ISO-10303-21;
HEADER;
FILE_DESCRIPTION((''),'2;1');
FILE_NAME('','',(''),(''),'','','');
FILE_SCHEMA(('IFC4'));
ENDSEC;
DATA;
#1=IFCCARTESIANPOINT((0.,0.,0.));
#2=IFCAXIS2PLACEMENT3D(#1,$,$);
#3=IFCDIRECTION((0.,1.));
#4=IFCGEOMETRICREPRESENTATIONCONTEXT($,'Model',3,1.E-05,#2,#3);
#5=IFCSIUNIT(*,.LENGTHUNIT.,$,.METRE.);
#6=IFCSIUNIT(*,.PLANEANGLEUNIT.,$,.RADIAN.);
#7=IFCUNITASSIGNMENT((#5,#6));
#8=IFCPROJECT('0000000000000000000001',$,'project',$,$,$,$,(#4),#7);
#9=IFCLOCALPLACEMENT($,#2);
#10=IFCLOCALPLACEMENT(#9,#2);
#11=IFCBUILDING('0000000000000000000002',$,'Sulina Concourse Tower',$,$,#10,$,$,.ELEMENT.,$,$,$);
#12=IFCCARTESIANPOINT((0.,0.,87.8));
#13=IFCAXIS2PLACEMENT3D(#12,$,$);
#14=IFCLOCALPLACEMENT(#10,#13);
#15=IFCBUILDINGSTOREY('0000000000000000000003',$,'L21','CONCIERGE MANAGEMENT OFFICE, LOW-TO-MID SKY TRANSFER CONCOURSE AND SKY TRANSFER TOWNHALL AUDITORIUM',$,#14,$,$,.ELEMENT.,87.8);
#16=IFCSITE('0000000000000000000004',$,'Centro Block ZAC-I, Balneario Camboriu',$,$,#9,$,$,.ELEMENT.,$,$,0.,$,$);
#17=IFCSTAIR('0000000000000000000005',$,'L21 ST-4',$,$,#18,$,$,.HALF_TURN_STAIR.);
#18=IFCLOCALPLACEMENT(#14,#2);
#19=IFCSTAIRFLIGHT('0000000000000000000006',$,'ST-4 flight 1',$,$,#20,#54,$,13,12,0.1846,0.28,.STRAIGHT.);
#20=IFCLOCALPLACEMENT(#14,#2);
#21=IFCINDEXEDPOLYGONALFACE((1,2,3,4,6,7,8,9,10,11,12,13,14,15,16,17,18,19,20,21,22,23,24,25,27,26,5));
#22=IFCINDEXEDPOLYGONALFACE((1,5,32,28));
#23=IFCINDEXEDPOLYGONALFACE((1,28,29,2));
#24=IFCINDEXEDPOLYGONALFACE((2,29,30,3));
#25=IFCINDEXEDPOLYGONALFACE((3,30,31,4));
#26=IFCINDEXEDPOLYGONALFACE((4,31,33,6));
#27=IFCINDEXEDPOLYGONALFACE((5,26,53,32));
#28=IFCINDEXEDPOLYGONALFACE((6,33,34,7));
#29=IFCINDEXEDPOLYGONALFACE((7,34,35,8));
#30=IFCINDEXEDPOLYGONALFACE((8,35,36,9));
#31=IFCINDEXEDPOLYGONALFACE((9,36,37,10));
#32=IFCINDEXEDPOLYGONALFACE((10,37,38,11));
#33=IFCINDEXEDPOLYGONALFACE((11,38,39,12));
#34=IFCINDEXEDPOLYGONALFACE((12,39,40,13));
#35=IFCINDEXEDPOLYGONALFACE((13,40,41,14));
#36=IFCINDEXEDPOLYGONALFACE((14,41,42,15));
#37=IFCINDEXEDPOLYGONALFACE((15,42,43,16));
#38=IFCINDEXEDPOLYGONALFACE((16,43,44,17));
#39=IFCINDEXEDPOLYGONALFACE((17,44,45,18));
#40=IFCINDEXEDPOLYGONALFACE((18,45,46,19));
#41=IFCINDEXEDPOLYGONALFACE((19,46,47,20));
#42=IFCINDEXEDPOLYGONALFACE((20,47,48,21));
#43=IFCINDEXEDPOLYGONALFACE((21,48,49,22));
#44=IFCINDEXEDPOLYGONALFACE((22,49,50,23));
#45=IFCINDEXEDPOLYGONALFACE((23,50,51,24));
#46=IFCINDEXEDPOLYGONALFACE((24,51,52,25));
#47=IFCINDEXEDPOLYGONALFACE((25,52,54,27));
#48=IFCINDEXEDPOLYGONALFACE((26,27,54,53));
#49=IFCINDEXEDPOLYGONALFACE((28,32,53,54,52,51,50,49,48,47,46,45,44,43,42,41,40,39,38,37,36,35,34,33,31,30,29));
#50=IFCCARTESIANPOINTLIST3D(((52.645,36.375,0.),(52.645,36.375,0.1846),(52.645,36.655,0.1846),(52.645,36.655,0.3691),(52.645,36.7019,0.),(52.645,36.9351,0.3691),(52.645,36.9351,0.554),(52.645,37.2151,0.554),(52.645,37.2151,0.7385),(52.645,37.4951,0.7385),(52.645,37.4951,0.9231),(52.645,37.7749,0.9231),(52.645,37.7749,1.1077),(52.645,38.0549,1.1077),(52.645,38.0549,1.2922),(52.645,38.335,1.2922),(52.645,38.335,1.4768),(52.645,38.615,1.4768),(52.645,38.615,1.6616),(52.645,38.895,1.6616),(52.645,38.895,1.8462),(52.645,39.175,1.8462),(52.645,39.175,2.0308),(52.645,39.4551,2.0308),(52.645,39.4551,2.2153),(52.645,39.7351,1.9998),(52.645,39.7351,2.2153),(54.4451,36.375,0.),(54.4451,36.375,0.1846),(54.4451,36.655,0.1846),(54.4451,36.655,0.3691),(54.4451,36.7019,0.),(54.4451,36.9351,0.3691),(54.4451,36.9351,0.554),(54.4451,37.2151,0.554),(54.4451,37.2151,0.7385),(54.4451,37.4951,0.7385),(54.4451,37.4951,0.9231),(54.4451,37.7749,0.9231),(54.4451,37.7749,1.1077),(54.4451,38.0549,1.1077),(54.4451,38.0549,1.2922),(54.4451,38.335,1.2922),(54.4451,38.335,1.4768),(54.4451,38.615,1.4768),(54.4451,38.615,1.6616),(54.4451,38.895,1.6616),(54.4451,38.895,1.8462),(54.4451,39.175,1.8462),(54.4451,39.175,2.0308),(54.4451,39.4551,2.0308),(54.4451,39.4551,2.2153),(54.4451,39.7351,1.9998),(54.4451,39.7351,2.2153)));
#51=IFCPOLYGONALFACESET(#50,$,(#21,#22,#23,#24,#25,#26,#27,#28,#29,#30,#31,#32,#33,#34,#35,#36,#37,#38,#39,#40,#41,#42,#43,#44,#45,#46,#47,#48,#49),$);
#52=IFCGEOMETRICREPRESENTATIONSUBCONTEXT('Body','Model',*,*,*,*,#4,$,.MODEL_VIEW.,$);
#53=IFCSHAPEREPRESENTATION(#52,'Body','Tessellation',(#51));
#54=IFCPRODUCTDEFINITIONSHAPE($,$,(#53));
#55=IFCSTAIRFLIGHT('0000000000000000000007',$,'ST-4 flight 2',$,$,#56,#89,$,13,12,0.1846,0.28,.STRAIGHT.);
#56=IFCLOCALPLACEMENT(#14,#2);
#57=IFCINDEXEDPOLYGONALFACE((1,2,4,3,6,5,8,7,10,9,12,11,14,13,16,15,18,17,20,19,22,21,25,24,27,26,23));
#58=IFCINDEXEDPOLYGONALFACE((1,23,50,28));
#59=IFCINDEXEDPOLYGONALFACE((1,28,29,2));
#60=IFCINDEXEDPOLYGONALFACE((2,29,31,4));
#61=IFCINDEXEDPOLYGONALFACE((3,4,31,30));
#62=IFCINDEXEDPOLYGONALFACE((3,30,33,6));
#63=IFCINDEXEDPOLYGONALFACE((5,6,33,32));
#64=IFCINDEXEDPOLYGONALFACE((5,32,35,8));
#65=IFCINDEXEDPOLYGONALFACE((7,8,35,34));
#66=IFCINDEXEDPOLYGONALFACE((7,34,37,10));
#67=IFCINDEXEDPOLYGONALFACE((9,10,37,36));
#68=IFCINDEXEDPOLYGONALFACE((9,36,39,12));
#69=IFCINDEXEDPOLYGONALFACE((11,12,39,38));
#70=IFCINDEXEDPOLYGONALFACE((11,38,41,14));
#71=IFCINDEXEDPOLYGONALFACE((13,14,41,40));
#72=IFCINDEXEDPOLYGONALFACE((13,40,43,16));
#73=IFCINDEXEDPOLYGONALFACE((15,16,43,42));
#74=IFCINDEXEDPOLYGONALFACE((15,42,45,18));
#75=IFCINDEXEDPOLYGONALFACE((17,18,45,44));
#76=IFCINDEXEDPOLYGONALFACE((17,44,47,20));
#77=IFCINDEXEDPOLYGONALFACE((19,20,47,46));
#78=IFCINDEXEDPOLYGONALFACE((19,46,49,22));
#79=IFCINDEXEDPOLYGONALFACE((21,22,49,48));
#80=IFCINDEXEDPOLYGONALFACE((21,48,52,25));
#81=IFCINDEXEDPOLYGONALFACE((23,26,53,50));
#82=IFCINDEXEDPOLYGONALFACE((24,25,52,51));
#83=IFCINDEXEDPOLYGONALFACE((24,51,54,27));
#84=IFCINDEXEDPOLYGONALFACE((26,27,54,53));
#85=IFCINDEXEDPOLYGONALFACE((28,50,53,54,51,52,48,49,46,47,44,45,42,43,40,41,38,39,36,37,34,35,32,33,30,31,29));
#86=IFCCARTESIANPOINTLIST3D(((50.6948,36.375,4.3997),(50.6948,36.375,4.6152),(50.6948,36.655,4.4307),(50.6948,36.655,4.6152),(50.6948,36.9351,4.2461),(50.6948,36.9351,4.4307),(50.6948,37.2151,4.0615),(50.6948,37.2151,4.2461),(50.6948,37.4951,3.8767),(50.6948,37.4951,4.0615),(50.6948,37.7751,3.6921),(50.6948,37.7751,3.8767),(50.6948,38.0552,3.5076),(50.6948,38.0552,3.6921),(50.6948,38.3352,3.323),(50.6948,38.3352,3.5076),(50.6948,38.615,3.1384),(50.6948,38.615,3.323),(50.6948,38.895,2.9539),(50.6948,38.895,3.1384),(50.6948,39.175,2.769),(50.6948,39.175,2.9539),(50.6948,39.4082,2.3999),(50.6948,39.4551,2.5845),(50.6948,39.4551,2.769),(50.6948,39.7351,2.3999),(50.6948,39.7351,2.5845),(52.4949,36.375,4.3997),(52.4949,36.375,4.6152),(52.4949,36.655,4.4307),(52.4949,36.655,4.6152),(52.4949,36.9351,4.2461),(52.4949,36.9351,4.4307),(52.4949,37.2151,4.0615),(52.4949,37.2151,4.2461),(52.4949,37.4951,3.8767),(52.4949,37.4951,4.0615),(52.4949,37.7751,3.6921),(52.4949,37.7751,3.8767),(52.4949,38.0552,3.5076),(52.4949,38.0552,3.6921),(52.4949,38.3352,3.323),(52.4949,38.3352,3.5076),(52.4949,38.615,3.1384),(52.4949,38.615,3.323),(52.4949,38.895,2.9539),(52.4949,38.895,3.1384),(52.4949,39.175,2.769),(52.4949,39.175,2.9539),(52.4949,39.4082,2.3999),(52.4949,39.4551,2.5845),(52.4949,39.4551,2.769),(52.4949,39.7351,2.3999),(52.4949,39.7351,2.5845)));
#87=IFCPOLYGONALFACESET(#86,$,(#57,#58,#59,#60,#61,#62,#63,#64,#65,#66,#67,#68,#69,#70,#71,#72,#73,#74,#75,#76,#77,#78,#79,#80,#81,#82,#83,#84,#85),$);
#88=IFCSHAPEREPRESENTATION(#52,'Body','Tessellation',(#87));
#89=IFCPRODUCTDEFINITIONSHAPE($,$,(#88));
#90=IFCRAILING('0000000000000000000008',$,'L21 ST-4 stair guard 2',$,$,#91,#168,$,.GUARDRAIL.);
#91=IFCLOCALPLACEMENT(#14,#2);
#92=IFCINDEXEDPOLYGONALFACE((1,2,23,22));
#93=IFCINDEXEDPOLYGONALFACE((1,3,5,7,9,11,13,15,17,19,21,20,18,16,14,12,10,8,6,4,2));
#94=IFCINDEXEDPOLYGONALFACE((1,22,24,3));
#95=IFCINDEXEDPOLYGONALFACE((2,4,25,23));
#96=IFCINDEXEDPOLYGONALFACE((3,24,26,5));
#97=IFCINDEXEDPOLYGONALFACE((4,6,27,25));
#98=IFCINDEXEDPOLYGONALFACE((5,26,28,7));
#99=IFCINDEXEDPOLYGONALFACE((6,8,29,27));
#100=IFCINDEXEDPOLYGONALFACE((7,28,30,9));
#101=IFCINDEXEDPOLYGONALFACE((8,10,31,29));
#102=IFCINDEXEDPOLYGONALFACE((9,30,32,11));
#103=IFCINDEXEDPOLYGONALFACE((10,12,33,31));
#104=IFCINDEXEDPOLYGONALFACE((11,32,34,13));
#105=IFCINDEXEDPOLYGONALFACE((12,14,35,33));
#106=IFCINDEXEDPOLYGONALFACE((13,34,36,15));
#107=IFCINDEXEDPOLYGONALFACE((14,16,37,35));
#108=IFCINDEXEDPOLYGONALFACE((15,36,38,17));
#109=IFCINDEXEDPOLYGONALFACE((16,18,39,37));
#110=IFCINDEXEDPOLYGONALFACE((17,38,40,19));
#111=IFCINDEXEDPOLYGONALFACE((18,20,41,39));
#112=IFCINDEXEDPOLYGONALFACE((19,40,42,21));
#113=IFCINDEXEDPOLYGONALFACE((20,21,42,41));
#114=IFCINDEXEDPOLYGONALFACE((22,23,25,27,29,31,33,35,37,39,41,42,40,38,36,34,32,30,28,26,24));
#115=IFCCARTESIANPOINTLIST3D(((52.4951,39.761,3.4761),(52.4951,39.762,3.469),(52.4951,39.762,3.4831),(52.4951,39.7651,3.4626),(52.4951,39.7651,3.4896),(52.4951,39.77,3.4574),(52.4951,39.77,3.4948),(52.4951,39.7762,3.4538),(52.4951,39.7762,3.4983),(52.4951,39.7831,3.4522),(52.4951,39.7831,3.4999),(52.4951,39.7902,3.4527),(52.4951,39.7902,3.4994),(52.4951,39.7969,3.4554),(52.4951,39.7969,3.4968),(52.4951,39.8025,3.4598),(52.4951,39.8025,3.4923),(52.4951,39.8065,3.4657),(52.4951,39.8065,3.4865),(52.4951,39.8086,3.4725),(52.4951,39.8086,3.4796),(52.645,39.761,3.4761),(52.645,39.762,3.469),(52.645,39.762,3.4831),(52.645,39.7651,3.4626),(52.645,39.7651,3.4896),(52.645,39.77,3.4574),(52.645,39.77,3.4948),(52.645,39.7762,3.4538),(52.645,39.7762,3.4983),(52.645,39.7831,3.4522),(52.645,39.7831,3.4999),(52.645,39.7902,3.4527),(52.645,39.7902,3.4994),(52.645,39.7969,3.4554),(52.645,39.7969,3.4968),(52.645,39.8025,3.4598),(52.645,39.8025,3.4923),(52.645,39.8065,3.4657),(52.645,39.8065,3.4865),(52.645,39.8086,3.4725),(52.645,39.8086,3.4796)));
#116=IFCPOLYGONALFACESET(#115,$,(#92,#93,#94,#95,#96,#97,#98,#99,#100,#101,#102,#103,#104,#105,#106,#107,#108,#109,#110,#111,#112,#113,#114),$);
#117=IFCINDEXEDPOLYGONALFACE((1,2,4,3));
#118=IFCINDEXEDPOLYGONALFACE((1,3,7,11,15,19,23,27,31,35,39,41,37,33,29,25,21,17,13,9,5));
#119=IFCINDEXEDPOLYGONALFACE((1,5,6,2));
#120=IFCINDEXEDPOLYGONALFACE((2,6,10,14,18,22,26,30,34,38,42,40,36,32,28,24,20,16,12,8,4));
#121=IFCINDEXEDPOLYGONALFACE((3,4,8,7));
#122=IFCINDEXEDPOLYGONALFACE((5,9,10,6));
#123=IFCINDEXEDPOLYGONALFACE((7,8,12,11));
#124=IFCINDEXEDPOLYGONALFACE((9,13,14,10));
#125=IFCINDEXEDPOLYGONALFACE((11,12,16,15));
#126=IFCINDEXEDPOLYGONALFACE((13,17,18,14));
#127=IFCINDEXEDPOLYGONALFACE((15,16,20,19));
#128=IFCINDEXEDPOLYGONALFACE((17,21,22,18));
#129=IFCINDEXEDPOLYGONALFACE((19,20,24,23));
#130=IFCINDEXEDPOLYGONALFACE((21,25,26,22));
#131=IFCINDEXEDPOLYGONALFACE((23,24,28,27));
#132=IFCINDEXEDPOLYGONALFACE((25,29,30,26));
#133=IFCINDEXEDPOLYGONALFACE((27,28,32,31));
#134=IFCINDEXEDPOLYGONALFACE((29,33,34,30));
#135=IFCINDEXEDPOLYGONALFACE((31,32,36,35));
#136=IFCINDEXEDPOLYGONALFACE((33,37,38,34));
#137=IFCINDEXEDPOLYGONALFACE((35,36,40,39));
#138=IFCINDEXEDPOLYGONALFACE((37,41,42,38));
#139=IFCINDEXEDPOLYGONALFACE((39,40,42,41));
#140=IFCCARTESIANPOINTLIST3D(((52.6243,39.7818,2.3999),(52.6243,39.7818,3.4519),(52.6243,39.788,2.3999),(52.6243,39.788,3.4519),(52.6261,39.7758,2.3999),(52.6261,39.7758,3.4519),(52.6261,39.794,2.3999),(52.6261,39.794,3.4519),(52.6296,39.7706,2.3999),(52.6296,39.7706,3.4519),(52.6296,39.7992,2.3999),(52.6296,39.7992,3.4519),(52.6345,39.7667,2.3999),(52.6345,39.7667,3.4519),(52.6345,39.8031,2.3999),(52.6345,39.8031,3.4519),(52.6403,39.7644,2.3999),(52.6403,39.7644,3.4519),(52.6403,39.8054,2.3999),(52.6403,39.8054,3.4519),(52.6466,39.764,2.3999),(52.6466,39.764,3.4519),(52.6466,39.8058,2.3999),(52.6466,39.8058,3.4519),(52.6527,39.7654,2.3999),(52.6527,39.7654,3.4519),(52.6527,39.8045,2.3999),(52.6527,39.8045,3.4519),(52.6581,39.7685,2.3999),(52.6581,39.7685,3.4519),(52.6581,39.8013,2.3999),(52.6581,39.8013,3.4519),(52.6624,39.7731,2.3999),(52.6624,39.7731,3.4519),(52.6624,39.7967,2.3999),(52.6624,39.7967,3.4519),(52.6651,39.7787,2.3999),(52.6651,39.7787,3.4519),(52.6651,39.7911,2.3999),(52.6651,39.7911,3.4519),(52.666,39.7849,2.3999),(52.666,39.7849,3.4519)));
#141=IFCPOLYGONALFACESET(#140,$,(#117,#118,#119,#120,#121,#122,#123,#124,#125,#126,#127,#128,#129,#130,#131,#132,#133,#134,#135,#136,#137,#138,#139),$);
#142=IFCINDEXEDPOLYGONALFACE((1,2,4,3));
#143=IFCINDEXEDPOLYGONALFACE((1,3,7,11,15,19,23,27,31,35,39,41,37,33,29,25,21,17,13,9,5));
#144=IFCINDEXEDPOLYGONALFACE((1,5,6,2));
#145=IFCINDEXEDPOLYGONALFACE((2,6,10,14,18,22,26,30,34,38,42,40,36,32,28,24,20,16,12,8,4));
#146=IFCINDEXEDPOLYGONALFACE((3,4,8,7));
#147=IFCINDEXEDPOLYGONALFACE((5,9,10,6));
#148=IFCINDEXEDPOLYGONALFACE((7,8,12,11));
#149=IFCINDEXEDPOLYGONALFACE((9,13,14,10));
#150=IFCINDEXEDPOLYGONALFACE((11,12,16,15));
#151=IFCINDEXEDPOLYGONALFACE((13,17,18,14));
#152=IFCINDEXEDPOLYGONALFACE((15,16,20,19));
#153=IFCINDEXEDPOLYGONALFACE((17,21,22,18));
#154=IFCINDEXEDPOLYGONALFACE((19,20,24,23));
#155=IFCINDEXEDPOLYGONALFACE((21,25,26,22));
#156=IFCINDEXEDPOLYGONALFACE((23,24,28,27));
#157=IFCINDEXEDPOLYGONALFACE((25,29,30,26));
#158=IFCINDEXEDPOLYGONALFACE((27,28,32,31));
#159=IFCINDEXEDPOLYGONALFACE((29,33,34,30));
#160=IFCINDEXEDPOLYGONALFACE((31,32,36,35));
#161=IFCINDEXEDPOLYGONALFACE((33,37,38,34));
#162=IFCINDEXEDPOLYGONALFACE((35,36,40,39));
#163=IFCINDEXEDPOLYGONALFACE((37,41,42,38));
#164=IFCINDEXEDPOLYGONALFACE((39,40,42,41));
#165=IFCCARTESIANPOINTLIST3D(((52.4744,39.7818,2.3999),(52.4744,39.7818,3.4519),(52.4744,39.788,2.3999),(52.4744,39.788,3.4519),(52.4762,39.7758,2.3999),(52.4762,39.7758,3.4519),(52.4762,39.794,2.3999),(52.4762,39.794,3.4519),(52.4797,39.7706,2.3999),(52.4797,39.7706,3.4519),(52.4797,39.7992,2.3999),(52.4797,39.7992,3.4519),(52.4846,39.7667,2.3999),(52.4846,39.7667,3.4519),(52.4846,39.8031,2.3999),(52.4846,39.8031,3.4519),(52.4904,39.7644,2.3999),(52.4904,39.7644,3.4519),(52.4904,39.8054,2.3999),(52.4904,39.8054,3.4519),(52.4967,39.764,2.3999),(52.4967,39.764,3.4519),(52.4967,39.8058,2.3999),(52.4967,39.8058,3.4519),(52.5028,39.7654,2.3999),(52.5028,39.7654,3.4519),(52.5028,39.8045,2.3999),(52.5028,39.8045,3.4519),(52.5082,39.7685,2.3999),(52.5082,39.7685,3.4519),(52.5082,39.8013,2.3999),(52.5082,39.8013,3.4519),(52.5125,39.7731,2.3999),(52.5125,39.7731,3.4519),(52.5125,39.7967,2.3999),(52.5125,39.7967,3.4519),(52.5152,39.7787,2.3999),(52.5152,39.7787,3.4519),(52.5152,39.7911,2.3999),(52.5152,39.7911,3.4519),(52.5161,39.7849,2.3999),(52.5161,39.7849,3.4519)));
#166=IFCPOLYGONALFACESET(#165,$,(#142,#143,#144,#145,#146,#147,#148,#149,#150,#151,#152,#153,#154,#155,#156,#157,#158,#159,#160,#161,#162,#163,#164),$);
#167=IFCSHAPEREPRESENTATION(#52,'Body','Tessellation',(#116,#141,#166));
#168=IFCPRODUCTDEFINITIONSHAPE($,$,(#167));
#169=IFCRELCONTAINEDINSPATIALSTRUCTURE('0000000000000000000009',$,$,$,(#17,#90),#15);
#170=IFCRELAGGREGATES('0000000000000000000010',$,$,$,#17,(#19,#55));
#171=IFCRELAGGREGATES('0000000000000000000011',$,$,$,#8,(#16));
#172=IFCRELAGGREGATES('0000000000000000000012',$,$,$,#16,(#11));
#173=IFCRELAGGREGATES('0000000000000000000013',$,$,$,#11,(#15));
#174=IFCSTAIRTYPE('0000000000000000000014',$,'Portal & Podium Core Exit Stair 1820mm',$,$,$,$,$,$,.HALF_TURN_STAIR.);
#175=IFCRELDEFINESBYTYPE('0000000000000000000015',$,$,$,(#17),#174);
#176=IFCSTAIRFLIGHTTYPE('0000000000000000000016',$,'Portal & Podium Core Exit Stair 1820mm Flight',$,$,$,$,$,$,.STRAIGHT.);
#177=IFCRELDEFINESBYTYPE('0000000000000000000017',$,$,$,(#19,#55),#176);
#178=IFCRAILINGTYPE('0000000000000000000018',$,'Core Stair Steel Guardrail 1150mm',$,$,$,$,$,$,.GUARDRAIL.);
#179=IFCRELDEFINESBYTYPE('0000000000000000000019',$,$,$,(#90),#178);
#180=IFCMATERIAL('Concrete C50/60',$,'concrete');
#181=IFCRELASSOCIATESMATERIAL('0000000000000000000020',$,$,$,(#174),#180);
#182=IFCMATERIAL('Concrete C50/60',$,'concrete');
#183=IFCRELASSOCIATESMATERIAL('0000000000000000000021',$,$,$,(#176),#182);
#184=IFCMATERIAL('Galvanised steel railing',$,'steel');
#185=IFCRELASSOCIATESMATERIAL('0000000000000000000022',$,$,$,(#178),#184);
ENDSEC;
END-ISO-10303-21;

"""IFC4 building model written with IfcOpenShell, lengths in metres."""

from ifc_helpers import new_model, si_unit, direction, frame, origin, origin_2d, place, context, subcontext, project, spatial, polyline, circle, outline, extrude, material, type_object, element, aggregate, save


model = new_model("IFC4")

# Units and contexts
model_context = context("Model", 3, precision=1e-05, world=origin(), true_north=direction((0.0, 1.0)))
body_context = subcontext(model_context, "Body", "Model", "MODEL_VIEW")
ifc_project = project(units=[si_unit("LENGTHUNIT", "METRE"), si_unit("PLANEANGLEUNIT", "RADIAN")], contexts=[model_context])

# Site, building, storey
site_placement = place(None, origin())
site = spatial("IfcSite", under=ifc_project, at=site_placement, Name="Centro Block ZAC-I, Balneario Camboriu", CompositionType="ELEMENT", RefElevation=0.0)
building_placement = place(site_placement, origin())
building = spatial("IfcBuilding", under=site, at=building_placement, Name="Sulina Concourse Tower", CompositionType="ELEMENT")
storey_placement = place(building_placement, frame((0.0, 0.0, 87.8)))
storey = spatial("IfcBuildingStorey", under=building, at=storey_placement, Name="L21", Description="CONCIERGE MANAGEMENT OFFICE, LOW-TO-MID SKY TRANSFER CONCOURSE AND SKY TRANSFER TOWNHALL AUDITORIUM", CompositionType="ELEMENT", Elevation=87.8)

# Stair, stair flights
ifc_material_1 = material(Name="Concrete C50/60", Category="concrete")
stair_type = type_object("IfcStairType", Name="Portal & Podium Core Exit Stair 1820mm", PredefinedType="HALF_TURN_STAIR", material=ifc_material_1)
stair_placement = place(storey_placement, origin())
stair = element("IfcStair", 1, at=stair_placement, inside=storey, type_object=stair_type, Name="L21 ST-4", PredefinedType="HALF_TURN_STAIR")
ifc_material_2 = material(Name="Concrete C50/60", Category="concrete")
stair_flight_type = type_object("IfcStairFlightType", Name="Portal & Podium Core Exit Stair 1820mm Flight", PredefinedType="STRAIGHT", material=ifc_material_2)
stair_flight_1_placement = place(storey_placement, frame((53.5449, 36.375, 0.0), z_axis=(0.0, 0.0, 1.0), x_axis=(0.0, 1.0, 0.0)))
stair_flight_1 = element("IfcStairFlight", 2, at=stair_flight_1_placement, type_object=stair_flight_type, Name="ST-4 flight 1", NumberOfRisers=13, NumberOfTreads=12, PredefinedType="STRAIGHT", RiserHeight=0.1846, TreadLength=0.28, context=body_context, shape_type="SweptSolid", body=[
    extrude(outline(polyline([(0.0, 0.0), (0.0, 0.1846), (0.28, 0.1846), (0.28, 0.3691), (0.5601, 0.3691), (0.5601, 0.554), (0.8401, 0.554), (0.8401, 0.7385), (1.1201, 0.7385), (1.1201, 0.9231), (1.3999, 0.9231), (1.3999, 1.1077), (1.6799, 1.1077), (1.6799, 1.2922), (1.96, 1.2922), (1.96, 1.4768), (2.24, 1.4768), (2.24, 1.6616), (2.52, 1.6616), (2.52, 1.8462), (2.8, 1.8462), (2.8, 2.0308), (3.0801, 2.0308), (3.0801, 2.2153), (3.3601, 2.2153), (3.3601, 2.3999), (3.3601, 1.9998), (0.3269, 0.0), (0.0, 0.0)])), frame((0.0, 0.8999, 0.0), z_axis=(0.0, -1.0, 0.0), x_axis=(1.0, 0.0, 0.0)), (0.0, 0.0, 1.0), 1.8),
])
stair_flight_2_placement = place(storey_placement, frame((51.595, 39.7351, 2.3999), z_axis=(0.0, 0.0, 1.0), x_axis=(0.0, -1.0, 0.0)))
stair_flight_2 = element("IfcStairFlight", 3, at=stair_flight_2_placement, type_object=stair_flight_type, Name="ST-4 flight 2", NumberOfRisers=13, NumberOfTreads=12, PredefinedType="STRAIGHT", RiserHeight=0.1846, TreadLength=0.28, context=body_context, shape_type="SweptSolid", body=[
    extrude(outline(polyline([(0.0, 0.0), (0.0, 0.1846), (0.28, 0.1846), (0.28, 0.3691), (0.5601, 0.3691), (0.5601, 0.554), (0.8401, 0.554), (0.8401, 0.7385), (1.1201, 0.7385), (1.1201, 0.9231), (1.3999, 0.9231), (1.3999, 1.1077), (1.6799, 1.1077), (1.6799, 1.2922), (1.96, 1.2922), (1.96, 1.4768), (2.24, 1.4768), (2.24, 1.6616), (2.52, 1.6616), (2.52, 1.8462), (2.8, 1.8462), (2.8, 2.0308), (3.0801, 2.0308), (3.0801, 2.2153), (3.3601, 2.2153), (3.3601, 2.3999), (3.3601, 1.9998), (0.3269, 0.0), (0.0, 0.0)])), frame((0.0, 0.8999, 0.0), z_axis=(0.0, -1.0, 0.0), x_axis=(1.0, 0.0, 0.0)), (0.0, 0.0, 1.0), 1.8),
])
aggregate(stair, [stair_flight_1, stair_flight_2])

# Railing
ifc_material_3 = material(Name="Galvanised steel railing", Category="steel")
railing_type_1 = type_object("IfcRailingType", Name="Core Stair Steel Guardrail 1150mm", PredefinedType="GUARDRAIL", material=ifc_material_3)
railing_1_placement = place(storey_placement, frame((52.645, 39.7849, 2.3999)))
element("IfcRailing", 4, at=railing_1_placement, inside=storey, type_object=railing_type_1, Name="L21 ST-4 stair guard 2", PredefinedType="GUARDRAIL", context=body_context, shape_type="SweptSolid", body=[
    extrude(circle(Radius=0.0239, at=origin_2d()), frame((0.0, 0.0, 1.0762), z_axis=(-1.0, 0.0, 0.0), x_axis=(0.0, -1.0, 0.0)), (0.0, 0.0, 1.0), 0.1499),
    extrude(circle(Radius=0.021, at=origin_2d()), origin(), (0.0, 0.0, 1.0), 1.052),
    extrude(circle(Radius=0.021, at=origin_2d()), frame((-0.1499, 0.0, 0.0)), (0.0, 0.0, 1.0), 1.052),
])

save(model, "model.ifc")
